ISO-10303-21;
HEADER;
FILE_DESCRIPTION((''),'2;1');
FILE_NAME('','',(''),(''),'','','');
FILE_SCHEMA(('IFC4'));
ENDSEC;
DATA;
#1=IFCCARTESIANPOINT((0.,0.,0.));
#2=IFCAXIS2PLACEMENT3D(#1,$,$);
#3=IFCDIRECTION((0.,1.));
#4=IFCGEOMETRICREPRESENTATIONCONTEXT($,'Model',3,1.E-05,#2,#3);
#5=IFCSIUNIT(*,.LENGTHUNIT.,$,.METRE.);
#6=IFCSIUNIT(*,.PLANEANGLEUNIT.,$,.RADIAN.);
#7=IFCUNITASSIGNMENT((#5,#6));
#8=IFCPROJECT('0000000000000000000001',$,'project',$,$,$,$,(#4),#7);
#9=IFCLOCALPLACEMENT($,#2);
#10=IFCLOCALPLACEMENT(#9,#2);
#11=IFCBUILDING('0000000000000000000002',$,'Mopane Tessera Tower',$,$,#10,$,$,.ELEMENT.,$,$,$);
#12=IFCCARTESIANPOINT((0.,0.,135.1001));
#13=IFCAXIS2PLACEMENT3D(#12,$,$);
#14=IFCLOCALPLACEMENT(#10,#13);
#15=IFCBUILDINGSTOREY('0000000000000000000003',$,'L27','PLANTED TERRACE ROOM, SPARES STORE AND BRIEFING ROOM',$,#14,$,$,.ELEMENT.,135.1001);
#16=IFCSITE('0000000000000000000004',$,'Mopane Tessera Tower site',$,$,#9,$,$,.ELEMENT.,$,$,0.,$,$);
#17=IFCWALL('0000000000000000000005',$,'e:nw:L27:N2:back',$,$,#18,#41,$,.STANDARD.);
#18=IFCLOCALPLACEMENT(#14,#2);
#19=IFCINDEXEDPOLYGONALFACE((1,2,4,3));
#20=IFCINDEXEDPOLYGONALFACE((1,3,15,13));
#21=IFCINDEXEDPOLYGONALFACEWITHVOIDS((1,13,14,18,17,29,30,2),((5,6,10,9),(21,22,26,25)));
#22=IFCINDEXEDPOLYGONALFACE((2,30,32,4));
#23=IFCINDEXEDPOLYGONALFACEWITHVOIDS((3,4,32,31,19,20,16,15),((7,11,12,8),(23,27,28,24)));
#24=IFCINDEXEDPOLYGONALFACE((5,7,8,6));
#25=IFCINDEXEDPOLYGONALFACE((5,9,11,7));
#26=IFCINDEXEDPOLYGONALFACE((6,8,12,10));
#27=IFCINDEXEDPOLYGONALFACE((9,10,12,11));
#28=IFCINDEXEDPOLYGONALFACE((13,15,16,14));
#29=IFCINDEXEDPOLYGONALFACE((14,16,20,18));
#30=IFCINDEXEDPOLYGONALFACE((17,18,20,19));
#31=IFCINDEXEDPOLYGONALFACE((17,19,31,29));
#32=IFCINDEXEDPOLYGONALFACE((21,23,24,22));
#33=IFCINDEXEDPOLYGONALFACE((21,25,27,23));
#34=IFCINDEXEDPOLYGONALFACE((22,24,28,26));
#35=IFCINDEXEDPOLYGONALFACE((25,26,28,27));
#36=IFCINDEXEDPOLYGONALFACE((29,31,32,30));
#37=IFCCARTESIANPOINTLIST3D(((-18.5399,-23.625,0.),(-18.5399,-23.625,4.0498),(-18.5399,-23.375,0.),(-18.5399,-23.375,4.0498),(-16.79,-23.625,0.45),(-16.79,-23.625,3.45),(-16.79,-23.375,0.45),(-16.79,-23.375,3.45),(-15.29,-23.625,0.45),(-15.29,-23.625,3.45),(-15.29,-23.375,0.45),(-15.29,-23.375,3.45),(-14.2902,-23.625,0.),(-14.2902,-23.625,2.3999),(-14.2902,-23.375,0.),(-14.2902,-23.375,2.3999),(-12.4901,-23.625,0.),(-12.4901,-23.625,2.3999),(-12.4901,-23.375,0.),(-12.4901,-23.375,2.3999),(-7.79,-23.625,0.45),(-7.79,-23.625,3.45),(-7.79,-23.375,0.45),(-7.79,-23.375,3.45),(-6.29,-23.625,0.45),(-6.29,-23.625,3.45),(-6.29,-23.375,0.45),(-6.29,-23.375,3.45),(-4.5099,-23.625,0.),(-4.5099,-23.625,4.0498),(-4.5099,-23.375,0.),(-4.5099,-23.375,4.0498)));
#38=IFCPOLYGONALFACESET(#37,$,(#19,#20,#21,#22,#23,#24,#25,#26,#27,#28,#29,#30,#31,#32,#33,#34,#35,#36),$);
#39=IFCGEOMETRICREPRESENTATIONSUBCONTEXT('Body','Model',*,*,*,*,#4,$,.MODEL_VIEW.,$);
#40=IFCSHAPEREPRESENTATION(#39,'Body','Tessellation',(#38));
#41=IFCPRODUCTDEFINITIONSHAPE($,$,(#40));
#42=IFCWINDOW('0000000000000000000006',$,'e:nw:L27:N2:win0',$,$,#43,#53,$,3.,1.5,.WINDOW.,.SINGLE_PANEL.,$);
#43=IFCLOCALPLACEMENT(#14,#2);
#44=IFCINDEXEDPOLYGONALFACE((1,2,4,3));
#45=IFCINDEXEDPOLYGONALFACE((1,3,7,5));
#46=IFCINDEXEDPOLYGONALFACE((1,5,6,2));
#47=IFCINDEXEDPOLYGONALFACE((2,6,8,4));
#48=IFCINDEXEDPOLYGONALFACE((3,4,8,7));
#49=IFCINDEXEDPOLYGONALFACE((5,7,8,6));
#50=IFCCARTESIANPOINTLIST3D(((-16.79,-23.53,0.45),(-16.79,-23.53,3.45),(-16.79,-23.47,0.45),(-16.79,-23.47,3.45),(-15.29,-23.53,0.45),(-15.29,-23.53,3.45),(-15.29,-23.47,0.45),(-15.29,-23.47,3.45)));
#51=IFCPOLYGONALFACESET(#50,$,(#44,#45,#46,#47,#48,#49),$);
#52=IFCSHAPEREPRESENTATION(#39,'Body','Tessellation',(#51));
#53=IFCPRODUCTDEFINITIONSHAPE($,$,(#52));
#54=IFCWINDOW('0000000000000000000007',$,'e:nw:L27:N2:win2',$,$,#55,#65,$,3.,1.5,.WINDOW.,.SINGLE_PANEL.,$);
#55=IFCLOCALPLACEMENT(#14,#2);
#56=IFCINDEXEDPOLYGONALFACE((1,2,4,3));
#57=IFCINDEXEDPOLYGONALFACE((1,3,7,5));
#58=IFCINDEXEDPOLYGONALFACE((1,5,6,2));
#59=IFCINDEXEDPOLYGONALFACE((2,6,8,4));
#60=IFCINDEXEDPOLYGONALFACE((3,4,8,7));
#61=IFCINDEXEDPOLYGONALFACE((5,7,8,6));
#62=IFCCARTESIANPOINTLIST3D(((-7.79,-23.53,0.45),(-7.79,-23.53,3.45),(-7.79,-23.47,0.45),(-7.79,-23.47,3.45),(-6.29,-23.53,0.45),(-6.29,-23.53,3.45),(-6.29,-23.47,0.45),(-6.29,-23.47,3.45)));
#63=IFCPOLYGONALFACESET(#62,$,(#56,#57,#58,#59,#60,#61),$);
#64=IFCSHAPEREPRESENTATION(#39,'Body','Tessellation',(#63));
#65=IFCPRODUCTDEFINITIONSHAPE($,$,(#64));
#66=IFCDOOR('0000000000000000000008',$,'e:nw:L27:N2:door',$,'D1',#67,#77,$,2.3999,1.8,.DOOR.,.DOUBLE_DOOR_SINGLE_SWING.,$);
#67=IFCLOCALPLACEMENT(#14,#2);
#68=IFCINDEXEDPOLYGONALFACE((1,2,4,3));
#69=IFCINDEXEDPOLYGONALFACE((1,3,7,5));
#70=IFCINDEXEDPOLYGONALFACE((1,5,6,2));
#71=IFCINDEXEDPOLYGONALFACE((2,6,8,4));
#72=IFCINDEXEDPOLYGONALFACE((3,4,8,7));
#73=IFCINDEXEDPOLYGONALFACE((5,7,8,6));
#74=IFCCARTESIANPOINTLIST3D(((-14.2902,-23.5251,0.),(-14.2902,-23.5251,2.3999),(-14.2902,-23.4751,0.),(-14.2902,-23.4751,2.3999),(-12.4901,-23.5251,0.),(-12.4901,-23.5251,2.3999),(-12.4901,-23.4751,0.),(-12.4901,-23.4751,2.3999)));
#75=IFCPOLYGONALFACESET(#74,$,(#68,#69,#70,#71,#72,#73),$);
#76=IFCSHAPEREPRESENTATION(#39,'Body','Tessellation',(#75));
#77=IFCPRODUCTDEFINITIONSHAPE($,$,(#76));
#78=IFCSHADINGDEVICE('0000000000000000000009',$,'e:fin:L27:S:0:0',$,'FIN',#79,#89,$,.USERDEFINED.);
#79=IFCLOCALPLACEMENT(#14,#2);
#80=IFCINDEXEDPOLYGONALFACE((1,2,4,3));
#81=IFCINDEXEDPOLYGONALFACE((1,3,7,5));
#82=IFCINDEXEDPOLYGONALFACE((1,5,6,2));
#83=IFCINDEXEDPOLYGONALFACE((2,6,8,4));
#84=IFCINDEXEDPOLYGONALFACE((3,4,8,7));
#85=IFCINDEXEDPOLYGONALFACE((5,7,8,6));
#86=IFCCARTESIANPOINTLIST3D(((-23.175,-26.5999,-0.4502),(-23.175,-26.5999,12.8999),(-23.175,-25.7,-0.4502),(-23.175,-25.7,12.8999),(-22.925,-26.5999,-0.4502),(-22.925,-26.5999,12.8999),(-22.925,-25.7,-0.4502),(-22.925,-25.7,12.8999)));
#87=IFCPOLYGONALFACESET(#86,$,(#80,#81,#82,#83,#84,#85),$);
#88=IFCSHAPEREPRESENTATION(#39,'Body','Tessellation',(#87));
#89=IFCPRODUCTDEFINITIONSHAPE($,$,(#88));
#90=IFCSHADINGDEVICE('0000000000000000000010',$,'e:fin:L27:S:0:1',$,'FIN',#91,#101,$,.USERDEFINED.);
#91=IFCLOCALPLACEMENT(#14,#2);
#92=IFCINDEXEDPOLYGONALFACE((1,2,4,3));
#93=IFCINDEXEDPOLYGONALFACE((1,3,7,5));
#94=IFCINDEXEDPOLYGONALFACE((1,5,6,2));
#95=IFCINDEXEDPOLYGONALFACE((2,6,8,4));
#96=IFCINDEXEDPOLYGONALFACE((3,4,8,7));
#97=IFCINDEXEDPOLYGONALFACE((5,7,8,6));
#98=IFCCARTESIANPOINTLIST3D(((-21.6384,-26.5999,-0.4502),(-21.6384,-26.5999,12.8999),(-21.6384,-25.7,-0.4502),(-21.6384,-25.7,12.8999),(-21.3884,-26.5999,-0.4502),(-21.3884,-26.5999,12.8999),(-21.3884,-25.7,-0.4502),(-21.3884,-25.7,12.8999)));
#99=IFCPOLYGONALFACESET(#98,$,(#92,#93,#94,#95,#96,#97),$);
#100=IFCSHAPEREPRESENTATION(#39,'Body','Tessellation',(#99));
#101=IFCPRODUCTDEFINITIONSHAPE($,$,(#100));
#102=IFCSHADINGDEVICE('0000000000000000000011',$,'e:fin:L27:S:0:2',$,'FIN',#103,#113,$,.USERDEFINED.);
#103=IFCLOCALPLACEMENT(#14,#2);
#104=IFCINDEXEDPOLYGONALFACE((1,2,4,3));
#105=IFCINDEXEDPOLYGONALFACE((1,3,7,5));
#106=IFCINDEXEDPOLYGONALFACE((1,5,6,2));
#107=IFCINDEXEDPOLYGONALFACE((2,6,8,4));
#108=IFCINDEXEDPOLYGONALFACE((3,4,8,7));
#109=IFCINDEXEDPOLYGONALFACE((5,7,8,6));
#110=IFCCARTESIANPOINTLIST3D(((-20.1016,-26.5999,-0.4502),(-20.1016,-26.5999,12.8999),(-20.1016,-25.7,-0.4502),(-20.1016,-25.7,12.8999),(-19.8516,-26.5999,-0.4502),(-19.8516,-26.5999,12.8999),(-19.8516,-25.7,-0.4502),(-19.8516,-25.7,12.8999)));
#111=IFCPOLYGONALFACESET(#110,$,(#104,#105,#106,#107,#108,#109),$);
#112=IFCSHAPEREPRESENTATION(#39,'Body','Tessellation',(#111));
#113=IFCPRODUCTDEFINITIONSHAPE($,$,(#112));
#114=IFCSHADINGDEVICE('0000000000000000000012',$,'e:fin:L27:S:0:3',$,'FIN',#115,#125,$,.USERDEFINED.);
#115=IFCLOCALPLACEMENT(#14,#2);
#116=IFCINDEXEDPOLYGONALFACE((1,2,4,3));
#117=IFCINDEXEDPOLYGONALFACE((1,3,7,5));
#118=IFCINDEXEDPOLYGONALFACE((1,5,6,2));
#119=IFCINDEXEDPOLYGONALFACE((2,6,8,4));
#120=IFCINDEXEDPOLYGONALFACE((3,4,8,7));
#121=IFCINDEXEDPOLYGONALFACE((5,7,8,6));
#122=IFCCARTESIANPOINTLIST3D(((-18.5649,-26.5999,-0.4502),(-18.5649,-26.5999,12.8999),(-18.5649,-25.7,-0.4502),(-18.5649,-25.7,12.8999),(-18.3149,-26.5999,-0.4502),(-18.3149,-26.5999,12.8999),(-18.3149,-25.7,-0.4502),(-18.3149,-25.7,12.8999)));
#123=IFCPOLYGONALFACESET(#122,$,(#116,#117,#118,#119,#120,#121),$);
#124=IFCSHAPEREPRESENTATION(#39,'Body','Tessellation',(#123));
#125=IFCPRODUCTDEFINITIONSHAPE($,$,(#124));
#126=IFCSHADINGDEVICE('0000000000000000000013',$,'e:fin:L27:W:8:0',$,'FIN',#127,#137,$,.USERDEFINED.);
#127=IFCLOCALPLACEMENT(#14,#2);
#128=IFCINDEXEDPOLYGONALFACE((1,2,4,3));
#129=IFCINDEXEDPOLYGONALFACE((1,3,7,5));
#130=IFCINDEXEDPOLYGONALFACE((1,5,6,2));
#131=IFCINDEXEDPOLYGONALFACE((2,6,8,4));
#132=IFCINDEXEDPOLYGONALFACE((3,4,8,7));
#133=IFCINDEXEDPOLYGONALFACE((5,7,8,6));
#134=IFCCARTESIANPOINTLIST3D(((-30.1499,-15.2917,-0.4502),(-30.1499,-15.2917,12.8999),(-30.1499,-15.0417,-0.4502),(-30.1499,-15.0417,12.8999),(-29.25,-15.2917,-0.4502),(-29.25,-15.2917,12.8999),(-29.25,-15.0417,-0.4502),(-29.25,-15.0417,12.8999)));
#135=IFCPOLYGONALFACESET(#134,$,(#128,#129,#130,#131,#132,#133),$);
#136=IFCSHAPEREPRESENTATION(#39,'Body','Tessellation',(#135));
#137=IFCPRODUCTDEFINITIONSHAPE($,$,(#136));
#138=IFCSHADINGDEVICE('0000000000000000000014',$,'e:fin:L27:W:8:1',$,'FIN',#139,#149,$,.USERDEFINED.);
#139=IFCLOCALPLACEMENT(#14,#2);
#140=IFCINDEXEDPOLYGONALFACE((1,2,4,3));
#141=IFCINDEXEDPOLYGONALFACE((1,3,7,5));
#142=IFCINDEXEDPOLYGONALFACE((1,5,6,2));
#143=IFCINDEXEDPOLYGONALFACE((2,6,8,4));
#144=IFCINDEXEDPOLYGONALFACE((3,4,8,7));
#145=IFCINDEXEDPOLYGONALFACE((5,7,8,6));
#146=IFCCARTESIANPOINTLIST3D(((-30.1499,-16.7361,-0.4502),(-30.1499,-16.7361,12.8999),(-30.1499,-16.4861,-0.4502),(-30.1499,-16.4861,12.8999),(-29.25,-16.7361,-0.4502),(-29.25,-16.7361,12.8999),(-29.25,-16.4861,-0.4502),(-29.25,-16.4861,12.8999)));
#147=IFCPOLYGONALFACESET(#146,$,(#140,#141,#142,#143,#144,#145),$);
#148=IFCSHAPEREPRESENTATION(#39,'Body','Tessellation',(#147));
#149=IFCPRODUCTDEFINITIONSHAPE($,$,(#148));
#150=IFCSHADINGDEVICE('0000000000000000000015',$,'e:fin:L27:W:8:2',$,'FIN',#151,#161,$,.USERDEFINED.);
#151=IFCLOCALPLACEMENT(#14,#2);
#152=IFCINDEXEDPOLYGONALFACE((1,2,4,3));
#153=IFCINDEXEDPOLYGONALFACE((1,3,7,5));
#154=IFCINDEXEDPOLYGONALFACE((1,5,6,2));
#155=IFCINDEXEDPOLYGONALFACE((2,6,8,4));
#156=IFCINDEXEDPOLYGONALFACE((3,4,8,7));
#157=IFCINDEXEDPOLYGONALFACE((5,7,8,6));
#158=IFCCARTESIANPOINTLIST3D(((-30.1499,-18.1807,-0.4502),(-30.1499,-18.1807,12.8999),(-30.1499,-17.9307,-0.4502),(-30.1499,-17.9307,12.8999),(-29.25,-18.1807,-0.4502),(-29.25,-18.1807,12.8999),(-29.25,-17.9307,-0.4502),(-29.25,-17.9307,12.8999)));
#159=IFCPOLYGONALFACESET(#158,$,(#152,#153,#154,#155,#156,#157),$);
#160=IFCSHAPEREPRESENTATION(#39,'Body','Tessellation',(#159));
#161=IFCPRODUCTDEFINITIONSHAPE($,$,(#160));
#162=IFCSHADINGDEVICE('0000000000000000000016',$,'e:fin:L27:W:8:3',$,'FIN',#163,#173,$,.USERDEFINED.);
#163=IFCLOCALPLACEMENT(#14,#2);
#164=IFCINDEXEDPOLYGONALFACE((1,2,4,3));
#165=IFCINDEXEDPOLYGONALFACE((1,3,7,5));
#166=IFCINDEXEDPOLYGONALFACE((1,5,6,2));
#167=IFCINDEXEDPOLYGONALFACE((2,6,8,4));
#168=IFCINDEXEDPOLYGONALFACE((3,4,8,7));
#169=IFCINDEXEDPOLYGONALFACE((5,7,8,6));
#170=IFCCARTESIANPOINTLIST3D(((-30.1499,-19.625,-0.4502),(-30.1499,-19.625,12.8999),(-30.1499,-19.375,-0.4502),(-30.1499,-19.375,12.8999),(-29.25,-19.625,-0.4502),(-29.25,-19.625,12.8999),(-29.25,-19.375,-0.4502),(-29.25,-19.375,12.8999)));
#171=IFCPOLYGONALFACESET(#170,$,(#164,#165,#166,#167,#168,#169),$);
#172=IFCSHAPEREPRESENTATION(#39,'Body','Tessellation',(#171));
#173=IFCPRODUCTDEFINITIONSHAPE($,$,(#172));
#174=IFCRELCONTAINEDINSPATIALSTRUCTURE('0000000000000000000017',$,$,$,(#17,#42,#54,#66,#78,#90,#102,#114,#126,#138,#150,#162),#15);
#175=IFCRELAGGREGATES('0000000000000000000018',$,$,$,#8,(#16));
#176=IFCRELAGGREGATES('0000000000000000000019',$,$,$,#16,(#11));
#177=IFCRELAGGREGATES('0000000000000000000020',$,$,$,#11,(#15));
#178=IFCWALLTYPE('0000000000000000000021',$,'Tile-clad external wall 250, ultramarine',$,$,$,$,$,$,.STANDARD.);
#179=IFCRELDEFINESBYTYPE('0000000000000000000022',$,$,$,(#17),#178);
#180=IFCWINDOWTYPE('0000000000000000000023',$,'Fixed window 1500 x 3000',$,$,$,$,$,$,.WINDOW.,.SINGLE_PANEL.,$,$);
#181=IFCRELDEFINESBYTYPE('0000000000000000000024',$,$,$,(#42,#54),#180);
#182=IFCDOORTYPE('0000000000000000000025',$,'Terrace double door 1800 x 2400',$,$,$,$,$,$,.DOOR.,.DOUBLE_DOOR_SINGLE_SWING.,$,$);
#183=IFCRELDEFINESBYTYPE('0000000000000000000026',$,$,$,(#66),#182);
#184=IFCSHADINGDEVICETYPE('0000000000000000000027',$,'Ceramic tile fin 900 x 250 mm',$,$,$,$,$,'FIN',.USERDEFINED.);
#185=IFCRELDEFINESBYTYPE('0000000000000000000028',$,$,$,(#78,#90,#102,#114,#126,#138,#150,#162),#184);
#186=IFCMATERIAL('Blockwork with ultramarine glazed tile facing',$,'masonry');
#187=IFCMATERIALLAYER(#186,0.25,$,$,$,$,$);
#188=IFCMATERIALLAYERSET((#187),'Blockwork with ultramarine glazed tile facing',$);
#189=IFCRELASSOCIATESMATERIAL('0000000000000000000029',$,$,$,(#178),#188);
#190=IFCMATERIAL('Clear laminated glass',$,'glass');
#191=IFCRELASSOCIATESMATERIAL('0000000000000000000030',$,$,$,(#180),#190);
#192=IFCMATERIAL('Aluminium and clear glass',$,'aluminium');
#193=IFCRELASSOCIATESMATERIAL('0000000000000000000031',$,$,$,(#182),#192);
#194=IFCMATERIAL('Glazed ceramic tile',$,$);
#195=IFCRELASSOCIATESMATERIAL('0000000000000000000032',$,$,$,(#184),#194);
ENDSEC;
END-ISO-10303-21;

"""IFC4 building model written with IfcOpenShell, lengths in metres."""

from ifc_helpers import new_model, si_unit, direction, frame, frame_2d, origin, origin_2d, place, context, subcontext, project, spatial, rectangle, extrude, material, layer, layer_set, type_object, element, fill, save


model = new_model("IFC4")

# Units and contexts
model_context = context("Model", 3, precision=1e-05, world=origin(), true_north=direction((0.0, 1.0)))
body_context = subcontext(model_context, "Body", "Model", "MODEL_VIEW")
ifc_project = project(units=[si_unit("LENGTHUNIT", "METRE"), si_unit("PLANEANGLEUNIT", "RADIAN")], contexts=[model_context])

# Site, building, storey
site_placement = place(None, origin())
site = spatial("IfcSite", under=ifc_project, at=site_placement, Name="Mopane Tessera Tower site", CompositionType="ELEMENT", RefElevation=0.0)
building_placement = place(site_placement, origin())
building = spatial("IfcBuilding", under=site, at=building_placement, Name="Mopane Tessera Tower", CompositionType="ELEMENT")
storey_placement = place(building_placement, frame((0.0, 0.0, 135.1001)))
storey = spatial("IfcBuildingStorey", under=building, at=storey_placement, Name="L27", Description="PLANTED TERRACE ROOM, SPARES STORE AND BRIEFING ROOM", CompositionType="ELEMENT", Elevation=135.1001)

# Wall, openings, windows, door
ifc_material_1 = material(Name="Blockwork with ultramarine glazed tile facing", Category="masonry")
ifc_layer_1 = layer(ifc_material_1, 0.25)
ifc_layer_set_1 = layer_set([ifc_layer_1], Name="Blockwork with ultramarine glazed tile facing")
wall_type_1 = type_object("IfcWallType", Name="Tile-clad external wall 250, ultramarine", PredefinedType="STANDARD", material=ifc_layer_set_1)
wall_1_placement = place(storey_placement, frame((-18.54, -23.5, 0.0), z_axis=(0.0, 0.0, 1.0), x_axis=(1.0, 0.0, 0.0)))
wall_1 = element("IfcWall", 1, at=wall_1_placement, inside=storey, type_object=wall_type_1, Name="e:nw:L27:N2:back", PredefinedType="STANDARD", context=body_context, shape_type="SweptSolid", body=[
    extrude(rectangle(XDim=14.03, YDim=0.25, at=frame_2d((7.0151, 0.0))), origin(), (0.0, 0.0, 1.0), 4.0498),
])
opening_1_placement = place(wall_1_placement, frame((1.75, 0.0, 0.45)))
opening_1 = element("IfcOpeningElement", 2, at=opening_1_placement, cuts=wall_1, PredefinedType="OPENING", context=body_context, shape_type="SweptSolid", body=[
    extrude(rectangle(XDim=1.5, YDim=3.0, at=frame_2d((0.75, 1.5))), frame((0.0, 0.137, 0.0), z_axis=(0.0, -1.0, 0.0), x_axis=(1.0, 0.0, 0.0)), (0.0, 0.0, 1.0), 0.2739),
])
opening_2_placement = place(wall_1_placement, frame((4.25, 0.0, 0.0)))
opening_2 = element("IfcOpeningElement", 3, at=opening_2_placement, cuts=wall_1, PredefinedType="OPENING", context=body_context, shape_type="SweptSolid", body=[
    extrude(rectangle(XDim=1.8, YDim=2.3999, at=frame_2d((0.8999, 1.2))), frame((0.0, 0.137, 0.0), z_axis=(0.0, -1.0, 0.0), x_axis=(1.0, 0.0, 0.0)), (0.0, 0.0, 1.0), 0.2739),
])
opening_3_placement = place(wall_1_placement, frame((10.75, 0.0, 0.45)))
opening_3 = element("IfcOpeningElement", 4, at=opening_3_placement, cuts=wall_1, PredefinedType="OPENING", context=body_context, shape_type="SweptSolid", body=[
    extrude(rectangle(XDim=1.5, YDim=3.0, at=frame_2d((0.75, 1.5))), frame((0.0, 0.137, 0.0), z_axis=(0.0, -1.0, 0.0), x_axis=(1.0, 0.0, 0.0)), (0.0, 0.0, 1.0), 0.2739),
])
ifc_material_2 = material(Name="Clear laminated glass", Category="glass")
window_type = type_object("IfcWindowType", Name="Fixed window 1500 x 3000", PartitioningType="SINGLE_PANEL", PredefinedType="WINDOW", material=ifc_material_2)
window_1_placement = place(opening_1_placement, origin())
window_1 = element("IfcWindow", 5, at=window_1_placement, inside=storey, type_object=window_type, Name="e:nw:L27:N2:win0", OverallHeight=3.0, OverallWidth=1.5, PartitioningType="SINGLE_PANEL", PredefinedType="WINDOW", context=body_context, shape_type="SweptSolid", body=[
    extrude(rectangle(XDim=1.5, YDim=3.0, at=frame_2d((0.75, 1.5))), frame((0.0, 0.03, 0.0), z_axis=(0.0, -1.0, 0.0), x_axis=(1.0, 0.0, 0.0)), (0.0, 0.0, 1.0), 0.0601),
])
fill(opening_1, window_1)
window_2_placement = place(opening_3_placement, origin())
window_2 = element("IfcWindow", 6, at=window_2_placement, inside=storey, type_object=window_type, Name="e:nw:L27:N2:win2", OverallHeight=3.0, OverallWidth=1.5, PartitioningType="SINGLE_PANEL", PredefinedType="WINDOW", context=body_context, shape_type="SweptSolid", body=[
    extrude(rectangle(XDim=1.5, YDim=3.0, at=frame_2d((0.75, 1.5))), frame((0.0, 0.03, 0.0), z_axis=(0.0, -1.0, 0.0), x_axis=(1.0, 0.0, 0.0)), (0.0, 0.0, 1.0), 0.0601),
])
fill(opening_3, window_2)
ifc_material_3 = material(Name="Aluminium and clear glass", Category="aluminium")
door_type_1 = type_object("IfcDoorType", Name="Terrace double door 1800 x 2400", OperationType="DOUBLE_DOOR_SINGLE_SWING", PredefinedType="DOOR", material=ifc_material_3)
door_1_placement = place(opening_2_placement, origin())
door_1 = element("IfcDoor", 7, at=door_1_placement, inside=storey, type_object=door_type_1, Name="e:nw:L27:N2:door", ObjectType="D1", OperationType="DOUBLE_DOOR_SINGLE_SWING", OverallHeight=2.3999, OverallWidth=1.8, PredefinedType="DOOR", context=body_context, shape_type="SweptSolid", body=[
    extrude(rectangle(XDim=1.8, YDim=2.3999, at=frame_2d((0.8999, 1.2))), frame((0.0, 0.0249, 0.0), z_axis=(0.0, -1.0, 0.0), x_axis=(1.0, 0.0, 0.0)), (0.0, 0.0, 1.0), 0.05),
])
fill(opening_2, door_1)

# Shading devices
ifc_material_4 = material(Name="Glazed ceramic tile")
shading_device_type = type_object("IfcShadingDeviceType", Name="Ceramic tile fin 900 x 250 mm", ElementType="FIN", PredefinedType="USERDEFINED", material=ifc_material_4)
for number, where, z_axis, x_axis, name in (
    (8, (-23.05, -26.1499, -0.4502), (0.0, 0.0, 1.0), (1.0, 0.0, 0.0), "e:fin:L27:S:0:0"),
    (9, (-21.5134, -26.1499, -0.4502), (0.0, 0.0, 1.0), (1.0, 0.0, 0.0), "e:fin:L27:S:0:1"),
    (10, (-19.9766, -26.1499, -0.4502), (0.0, 0.0, 1.0), (1.0, 0.0, 0.0), "e:fin:L27:S:0:2"),
    (11, (-18.4399, -26.1499, -0.4502), (0.0, 0.0, 1.0), (1.0, 0.0, 0.0), "e:fin:L27:S:0:3"),
    (12, (-29.7, -15.1667, -0.4502), (0.0, 0.0, 1.0), (0.0, -1.0, 0.0), "e:fin:L27:W:8:0"),
    (13, (-29.7, -16.6111, -0.4502), (0.0, 0.0, 1.0), (0.0, -1.0, 0.0), "e:fin:L27:W:8:1"),
    (14, (-29.7, -18.0557, -0.4502), (0.0, 0.0, 1.0), (0.0, -1.0, 0.0), "e:fin:L27:W:8:2"),
    (15, (-29.7, -19.5, -0.4502), (0.0, 0.0, 1.0), (0.0, -1.0, 0.0), "e:fin:L27:W:8:3"),
):
    element("IfcShadingDevice", number, at=place(storey_placement, frame(where, z_axis=z_axis, x_axis=x_axis)), inside=storey, type_object=shading_device_type, Name=name, ObjectType="FIN", PredefinedType="USERDEFINED", context=body_context, shape_type="SweptSolid", body=[
        extrude(rectangle(XDim=0.25, YDim=0.8999, at=origin_2d()), origin(), (0.0, 0.0, 1.0), 13.3501),
    ])

save(model, "model.ifc")
